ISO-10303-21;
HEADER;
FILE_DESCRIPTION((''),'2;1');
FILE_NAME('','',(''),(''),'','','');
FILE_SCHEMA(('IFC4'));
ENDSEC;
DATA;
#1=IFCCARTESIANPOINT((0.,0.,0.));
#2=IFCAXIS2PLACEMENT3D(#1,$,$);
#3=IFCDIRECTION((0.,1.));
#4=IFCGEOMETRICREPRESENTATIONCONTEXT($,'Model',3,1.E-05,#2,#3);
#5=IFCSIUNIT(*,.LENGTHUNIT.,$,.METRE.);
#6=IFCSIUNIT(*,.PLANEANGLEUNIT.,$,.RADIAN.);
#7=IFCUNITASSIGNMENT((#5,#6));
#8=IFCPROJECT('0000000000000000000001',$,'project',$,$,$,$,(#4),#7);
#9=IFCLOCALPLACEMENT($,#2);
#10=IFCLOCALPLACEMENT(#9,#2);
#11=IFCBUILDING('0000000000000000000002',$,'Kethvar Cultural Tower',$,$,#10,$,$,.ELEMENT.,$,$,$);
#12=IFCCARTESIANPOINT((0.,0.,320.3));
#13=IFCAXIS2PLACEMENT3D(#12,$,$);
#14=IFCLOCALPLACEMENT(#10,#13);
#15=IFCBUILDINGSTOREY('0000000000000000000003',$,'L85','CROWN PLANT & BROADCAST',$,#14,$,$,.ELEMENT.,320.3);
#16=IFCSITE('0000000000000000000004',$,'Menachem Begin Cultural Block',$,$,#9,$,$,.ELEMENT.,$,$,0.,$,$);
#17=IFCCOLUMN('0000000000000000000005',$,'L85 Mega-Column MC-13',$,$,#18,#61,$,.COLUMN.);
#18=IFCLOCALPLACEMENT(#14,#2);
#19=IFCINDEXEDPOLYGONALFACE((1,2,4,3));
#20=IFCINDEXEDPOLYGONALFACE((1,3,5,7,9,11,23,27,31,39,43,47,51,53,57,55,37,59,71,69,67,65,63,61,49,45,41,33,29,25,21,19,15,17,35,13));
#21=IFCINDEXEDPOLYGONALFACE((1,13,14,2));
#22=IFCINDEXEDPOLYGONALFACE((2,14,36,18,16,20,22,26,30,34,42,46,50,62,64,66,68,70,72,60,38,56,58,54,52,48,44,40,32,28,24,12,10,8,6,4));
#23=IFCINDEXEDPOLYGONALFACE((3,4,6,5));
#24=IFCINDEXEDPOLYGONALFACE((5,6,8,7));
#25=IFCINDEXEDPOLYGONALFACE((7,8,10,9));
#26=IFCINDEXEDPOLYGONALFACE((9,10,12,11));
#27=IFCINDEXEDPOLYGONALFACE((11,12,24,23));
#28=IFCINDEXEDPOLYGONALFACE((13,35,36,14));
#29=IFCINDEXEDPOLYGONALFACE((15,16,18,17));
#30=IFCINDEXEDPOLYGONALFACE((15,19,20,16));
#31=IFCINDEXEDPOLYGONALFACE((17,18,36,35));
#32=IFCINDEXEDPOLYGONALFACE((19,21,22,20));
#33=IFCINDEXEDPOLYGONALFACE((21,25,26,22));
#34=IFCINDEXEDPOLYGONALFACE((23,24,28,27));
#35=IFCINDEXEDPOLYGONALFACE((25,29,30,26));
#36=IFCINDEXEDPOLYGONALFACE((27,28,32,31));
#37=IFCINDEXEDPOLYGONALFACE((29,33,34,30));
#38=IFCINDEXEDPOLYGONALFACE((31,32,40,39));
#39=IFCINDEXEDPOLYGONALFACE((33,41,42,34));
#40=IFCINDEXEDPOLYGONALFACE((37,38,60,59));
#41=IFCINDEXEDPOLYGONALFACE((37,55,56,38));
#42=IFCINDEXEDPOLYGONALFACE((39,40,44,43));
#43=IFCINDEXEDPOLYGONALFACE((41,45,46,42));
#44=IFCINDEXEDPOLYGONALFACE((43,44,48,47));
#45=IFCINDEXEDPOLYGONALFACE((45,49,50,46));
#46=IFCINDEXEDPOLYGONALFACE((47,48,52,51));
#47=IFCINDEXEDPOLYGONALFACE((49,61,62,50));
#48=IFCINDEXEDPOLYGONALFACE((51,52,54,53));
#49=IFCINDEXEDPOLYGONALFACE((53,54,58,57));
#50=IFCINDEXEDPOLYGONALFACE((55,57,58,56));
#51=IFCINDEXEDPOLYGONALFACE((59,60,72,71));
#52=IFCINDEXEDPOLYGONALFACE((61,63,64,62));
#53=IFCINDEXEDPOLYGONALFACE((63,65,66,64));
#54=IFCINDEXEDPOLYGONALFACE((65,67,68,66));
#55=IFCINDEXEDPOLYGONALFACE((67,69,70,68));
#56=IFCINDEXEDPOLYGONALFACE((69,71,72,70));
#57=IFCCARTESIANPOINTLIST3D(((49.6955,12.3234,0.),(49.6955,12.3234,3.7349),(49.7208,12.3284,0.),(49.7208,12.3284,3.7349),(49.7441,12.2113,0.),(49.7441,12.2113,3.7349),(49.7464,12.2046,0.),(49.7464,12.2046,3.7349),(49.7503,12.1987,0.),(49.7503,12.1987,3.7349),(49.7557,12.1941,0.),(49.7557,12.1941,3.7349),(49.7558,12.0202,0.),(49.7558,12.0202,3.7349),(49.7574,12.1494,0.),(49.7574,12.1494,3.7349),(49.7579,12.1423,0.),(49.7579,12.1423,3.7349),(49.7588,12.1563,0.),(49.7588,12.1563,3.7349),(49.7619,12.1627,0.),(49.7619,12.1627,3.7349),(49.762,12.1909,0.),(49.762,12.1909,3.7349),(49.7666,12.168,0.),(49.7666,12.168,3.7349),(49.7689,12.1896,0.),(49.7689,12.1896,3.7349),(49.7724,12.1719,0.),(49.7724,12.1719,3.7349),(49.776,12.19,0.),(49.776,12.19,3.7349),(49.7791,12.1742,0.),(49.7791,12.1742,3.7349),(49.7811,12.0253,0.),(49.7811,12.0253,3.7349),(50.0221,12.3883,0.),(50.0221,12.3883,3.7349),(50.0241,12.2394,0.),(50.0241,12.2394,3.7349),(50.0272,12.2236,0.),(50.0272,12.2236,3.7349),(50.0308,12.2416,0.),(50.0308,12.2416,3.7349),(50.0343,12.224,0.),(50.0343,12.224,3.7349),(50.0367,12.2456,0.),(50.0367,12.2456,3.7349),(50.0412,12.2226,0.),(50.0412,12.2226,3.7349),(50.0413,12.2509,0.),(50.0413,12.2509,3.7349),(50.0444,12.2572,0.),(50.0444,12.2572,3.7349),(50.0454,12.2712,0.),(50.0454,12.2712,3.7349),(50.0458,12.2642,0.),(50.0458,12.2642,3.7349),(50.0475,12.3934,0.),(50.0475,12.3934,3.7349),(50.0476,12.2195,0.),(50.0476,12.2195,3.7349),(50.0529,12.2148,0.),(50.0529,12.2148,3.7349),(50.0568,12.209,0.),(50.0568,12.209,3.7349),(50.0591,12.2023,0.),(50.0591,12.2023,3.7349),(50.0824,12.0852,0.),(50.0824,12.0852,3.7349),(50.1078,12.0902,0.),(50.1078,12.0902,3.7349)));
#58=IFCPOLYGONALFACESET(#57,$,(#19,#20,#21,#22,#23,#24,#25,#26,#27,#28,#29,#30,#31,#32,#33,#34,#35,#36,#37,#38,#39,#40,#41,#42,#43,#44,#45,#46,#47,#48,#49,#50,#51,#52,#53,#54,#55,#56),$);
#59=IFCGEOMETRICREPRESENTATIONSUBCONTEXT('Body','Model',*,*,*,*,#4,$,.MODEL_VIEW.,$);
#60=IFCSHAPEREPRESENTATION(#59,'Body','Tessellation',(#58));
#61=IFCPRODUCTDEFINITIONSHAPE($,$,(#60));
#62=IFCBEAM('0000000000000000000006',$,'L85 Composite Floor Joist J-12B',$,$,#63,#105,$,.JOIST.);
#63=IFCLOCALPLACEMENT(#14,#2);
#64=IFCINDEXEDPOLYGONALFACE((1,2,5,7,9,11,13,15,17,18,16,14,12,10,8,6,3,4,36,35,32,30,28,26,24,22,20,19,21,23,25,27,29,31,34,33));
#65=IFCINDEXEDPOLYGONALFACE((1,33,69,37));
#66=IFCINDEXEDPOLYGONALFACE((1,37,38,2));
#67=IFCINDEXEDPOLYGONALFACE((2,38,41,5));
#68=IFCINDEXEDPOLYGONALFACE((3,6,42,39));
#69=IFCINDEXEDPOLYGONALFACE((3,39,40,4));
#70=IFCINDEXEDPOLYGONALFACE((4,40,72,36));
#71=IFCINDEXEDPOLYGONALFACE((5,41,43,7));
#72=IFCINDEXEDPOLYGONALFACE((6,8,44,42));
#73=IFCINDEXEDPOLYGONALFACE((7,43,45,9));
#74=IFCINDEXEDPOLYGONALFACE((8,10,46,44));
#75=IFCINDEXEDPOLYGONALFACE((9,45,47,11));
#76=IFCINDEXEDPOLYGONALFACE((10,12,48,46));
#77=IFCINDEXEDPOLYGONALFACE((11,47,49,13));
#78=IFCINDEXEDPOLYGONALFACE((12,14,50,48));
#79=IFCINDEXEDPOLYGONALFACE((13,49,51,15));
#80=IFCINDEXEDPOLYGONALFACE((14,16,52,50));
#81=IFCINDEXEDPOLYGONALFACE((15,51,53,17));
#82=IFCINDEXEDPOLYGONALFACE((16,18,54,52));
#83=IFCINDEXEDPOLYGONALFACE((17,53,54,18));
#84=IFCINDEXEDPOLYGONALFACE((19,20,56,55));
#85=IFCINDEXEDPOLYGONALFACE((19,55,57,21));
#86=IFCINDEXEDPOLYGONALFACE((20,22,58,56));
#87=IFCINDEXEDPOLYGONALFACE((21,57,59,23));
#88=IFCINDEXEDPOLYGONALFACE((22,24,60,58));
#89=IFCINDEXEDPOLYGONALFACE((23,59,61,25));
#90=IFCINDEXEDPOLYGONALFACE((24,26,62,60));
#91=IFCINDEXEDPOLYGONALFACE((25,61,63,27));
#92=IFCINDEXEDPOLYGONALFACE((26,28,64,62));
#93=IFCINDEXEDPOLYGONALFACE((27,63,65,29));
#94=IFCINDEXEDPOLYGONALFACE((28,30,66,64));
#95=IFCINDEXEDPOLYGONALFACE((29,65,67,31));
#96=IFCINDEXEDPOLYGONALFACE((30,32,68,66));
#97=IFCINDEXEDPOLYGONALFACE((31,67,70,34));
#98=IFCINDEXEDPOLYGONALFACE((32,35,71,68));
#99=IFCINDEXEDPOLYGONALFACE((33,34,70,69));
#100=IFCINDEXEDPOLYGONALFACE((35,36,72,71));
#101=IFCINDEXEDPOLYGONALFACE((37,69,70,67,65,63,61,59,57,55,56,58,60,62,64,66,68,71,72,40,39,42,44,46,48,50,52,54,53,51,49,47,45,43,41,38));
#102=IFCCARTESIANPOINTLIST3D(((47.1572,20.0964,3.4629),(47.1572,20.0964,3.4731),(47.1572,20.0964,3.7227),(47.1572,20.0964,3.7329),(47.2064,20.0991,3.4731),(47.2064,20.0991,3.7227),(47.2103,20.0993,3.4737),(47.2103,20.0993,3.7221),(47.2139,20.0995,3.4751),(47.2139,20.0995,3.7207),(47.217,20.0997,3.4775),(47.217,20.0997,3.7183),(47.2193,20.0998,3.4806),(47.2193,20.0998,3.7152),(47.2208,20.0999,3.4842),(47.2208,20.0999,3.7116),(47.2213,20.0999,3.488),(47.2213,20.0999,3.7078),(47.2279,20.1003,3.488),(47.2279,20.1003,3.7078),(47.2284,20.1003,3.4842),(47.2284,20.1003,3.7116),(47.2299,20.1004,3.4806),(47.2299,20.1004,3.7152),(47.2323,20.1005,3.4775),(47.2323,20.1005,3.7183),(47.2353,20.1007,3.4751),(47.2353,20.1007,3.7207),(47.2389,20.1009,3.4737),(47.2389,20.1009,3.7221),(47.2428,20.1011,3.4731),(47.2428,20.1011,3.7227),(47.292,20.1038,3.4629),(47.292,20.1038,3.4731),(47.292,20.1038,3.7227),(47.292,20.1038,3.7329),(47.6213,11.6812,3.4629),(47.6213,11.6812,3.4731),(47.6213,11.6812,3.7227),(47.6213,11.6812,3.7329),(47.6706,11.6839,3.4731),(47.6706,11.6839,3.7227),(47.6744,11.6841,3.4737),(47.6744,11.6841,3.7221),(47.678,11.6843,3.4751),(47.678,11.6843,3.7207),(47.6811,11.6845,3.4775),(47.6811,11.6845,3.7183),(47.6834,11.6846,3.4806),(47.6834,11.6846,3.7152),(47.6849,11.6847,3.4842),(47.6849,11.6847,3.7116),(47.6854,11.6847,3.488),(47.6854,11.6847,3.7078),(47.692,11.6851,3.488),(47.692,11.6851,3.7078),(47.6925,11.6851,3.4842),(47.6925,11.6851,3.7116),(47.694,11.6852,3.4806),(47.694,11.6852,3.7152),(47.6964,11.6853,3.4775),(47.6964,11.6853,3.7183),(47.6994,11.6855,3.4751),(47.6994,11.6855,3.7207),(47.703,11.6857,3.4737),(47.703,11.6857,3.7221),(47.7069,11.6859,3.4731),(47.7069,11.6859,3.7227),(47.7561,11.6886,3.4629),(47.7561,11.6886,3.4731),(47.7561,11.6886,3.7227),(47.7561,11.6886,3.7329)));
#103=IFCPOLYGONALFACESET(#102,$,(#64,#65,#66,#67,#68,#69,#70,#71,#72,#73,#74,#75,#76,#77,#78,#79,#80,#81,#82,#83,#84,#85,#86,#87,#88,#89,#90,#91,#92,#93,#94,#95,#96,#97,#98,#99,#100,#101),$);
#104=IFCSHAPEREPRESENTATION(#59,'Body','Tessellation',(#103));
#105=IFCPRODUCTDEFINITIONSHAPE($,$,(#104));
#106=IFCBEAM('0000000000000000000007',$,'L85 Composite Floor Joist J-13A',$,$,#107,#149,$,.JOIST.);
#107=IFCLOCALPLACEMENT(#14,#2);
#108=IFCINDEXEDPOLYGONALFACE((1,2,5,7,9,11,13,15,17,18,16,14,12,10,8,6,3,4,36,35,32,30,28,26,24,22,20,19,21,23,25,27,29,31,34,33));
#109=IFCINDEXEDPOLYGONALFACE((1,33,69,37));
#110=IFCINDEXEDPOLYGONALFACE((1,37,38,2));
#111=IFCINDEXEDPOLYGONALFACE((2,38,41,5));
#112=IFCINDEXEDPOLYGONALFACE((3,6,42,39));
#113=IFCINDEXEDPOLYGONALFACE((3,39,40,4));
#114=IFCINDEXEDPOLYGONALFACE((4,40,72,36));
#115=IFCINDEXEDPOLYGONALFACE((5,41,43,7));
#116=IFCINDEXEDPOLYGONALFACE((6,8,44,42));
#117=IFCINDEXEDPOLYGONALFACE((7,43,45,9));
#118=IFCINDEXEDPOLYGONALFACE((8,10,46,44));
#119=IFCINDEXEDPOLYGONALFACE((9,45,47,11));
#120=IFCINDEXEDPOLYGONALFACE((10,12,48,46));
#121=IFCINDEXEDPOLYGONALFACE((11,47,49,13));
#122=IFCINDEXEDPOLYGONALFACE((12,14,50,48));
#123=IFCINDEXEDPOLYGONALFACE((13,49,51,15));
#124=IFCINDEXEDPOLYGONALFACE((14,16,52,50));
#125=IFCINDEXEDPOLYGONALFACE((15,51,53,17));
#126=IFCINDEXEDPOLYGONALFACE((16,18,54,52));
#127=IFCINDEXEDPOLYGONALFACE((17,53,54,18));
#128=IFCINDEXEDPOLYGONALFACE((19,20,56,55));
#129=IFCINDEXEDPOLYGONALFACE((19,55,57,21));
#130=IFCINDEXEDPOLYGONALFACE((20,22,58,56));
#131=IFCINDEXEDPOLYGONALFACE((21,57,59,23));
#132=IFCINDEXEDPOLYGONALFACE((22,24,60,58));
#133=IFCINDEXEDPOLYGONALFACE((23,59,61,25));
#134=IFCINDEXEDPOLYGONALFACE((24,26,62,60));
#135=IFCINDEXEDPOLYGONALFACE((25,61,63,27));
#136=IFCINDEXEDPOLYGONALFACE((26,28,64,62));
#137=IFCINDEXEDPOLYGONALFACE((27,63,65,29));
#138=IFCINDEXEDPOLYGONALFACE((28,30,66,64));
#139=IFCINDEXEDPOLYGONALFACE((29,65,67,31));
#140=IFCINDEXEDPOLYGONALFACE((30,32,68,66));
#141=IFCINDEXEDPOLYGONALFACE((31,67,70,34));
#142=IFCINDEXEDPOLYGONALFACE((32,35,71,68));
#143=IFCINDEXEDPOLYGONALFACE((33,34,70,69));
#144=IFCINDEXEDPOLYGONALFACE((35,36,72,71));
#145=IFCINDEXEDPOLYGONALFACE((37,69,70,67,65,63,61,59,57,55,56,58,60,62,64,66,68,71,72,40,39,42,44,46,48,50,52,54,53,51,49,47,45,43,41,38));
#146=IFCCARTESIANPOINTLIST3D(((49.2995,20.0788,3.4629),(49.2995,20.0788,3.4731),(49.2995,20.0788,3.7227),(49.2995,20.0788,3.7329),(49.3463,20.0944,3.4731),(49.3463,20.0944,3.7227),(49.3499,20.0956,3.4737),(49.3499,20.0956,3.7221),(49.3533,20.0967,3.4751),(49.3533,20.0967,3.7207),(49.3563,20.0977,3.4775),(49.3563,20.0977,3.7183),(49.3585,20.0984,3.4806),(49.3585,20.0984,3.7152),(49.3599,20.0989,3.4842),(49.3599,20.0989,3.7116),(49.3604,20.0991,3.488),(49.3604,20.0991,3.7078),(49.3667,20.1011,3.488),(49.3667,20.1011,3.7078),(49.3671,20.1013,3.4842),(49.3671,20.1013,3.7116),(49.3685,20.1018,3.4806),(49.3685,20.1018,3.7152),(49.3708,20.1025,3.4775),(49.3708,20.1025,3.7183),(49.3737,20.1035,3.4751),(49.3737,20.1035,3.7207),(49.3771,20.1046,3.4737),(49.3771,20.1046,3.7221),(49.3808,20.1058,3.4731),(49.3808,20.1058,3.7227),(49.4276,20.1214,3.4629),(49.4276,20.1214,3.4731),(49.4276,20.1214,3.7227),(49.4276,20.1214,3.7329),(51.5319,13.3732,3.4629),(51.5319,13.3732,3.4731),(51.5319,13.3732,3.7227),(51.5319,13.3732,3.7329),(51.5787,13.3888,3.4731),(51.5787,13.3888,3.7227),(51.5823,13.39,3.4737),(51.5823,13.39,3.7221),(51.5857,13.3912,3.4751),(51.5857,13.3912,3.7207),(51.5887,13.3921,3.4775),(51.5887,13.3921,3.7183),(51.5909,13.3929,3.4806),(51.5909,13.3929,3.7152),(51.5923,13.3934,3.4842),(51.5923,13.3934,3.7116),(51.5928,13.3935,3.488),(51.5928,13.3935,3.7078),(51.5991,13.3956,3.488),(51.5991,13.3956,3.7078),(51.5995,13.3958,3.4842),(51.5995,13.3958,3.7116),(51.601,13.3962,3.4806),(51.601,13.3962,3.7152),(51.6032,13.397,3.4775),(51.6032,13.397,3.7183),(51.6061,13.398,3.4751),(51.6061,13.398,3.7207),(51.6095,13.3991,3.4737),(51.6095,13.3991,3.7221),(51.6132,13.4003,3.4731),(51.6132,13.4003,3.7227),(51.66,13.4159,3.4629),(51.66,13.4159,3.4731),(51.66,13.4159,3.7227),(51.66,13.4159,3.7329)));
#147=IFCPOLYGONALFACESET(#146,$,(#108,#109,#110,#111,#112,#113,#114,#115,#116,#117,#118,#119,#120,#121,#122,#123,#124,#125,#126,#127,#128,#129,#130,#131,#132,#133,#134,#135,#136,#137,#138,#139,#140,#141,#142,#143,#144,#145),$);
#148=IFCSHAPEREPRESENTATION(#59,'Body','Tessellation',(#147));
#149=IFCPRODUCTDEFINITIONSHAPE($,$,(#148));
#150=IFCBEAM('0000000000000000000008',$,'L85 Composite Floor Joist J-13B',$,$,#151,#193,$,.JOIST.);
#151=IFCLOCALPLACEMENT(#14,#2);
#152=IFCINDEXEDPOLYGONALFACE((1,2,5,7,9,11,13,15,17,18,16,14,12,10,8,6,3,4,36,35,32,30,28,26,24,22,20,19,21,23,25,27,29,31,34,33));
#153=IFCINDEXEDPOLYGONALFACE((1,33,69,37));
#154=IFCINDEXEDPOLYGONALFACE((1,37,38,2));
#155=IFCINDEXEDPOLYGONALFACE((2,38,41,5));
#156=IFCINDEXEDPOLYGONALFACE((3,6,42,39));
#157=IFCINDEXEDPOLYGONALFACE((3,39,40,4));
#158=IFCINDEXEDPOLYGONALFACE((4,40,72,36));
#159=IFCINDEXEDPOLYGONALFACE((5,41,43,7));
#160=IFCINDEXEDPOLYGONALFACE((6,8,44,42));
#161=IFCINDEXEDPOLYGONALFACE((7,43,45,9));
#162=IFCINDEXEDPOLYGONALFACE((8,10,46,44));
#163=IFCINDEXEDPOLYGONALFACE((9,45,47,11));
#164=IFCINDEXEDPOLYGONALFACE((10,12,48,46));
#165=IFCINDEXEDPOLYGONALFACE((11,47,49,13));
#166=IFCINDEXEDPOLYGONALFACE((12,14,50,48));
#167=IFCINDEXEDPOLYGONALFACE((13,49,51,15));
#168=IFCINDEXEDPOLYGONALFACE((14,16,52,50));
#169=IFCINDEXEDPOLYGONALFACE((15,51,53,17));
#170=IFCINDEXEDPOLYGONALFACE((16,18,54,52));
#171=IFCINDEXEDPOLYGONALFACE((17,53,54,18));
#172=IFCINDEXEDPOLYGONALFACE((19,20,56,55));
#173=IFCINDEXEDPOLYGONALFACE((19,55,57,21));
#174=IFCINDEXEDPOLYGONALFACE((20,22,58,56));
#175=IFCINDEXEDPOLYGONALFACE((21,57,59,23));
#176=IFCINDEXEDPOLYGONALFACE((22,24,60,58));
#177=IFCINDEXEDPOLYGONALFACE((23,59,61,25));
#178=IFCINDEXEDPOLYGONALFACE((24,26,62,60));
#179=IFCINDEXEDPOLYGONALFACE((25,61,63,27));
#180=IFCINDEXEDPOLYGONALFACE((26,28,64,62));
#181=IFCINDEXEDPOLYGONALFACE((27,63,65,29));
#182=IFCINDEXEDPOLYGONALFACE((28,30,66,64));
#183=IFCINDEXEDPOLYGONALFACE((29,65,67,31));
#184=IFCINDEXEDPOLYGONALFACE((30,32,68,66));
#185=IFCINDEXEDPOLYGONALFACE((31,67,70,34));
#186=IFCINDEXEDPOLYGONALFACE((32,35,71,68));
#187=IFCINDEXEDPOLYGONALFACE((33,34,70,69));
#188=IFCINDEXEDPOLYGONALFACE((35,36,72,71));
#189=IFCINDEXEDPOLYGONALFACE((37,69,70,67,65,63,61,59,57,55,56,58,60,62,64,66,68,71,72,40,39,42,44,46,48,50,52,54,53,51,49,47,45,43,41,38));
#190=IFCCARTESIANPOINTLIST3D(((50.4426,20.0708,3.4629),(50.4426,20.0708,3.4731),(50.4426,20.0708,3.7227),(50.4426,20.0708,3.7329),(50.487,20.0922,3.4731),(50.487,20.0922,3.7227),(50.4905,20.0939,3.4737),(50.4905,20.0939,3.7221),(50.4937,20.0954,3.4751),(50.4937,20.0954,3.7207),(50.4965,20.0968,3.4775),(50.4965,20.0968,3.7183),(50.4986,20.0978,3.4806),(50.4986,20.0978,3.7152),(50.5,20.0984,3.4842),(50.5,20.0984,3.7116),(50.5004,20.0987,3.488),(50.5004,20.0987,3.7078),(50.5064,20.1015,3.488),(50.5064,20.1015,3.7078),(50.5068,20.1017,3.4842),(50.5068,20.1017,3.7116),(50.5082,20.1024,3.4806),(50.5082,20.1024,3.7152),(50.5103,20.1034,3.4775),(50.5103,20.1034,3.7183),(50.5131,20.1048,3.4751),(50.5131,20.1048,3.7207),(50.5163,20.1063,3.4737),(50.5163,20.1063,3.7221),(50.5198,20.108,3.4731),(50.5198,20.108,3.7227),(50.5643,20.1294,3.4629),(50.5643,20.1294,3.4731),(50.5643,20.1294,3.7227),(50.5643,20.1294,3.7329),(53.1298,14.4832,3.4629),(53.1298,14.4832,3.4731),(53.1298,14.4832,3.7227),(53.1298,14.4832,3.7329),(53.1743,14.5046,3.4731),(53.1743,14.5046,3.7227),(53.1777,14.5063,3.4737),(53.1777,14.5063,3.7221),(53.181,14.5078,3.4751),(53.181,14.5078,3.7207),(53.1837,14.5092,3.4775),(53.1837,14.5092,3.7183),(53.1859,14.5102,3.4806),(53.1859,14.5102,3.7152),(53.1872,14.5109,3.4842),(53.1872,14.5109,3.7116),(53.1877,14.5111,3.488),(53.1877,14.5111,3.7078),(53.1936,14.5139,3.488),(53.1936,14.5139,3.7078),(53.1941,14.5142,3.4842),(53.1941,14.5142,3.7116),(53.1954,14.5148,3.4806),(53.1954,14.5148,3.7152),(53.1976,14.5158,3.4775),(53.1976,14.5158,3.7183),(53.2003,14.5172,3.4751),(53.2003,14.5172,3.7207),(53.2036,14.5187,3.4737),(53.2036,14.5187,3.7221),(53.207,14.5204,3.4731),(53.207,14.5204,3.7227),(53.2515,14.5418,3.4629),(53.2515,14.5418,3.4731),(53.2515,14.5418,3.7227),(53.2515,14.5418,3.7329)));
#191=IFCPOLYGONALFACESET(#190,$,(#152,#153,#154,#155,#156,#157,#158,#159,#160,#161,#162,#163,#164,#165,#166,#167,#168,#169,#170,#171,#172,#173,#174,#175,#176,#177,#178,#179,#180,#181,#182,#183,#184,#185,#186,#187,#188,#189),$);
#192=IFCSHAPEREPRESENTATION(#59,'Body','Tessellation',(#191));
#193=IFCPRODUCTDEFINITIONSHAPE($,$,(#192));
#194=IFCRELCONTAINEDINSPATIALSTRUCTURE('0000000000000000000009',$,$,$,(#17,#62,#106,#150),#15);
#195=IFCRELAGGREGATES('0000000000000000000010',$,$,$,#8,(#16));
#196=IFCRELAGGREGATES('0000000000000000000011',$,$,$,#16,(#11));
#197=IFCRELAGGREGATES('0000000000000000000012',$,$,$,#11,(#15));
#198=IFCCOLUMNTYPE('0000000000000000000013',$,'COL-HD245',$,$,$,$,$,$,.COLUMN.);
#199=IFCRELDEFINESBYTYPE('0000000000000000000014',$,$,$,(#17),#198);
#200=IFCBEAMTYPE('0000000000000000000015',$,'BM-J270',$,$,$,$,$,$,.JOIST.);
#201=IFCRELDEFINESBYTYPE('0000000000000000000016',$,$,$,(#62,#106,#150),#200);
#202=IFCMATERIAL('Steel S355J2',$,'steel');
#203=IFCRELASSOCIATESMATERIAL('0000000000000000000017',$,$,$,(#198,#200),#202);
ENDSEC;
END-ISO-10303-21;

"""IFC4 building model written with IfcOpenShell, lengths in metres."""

from ifc_helpers import new_model, si_unit, direction, frame, origin, origin_2d, place, context, subcontext, project, spatial, i_section, extrude, source, transform, mapped, material, material_profile, profile_set, type_object, element, save


model = new_model("IFC4")

# Units and contexts
model_context = context("Model", 3, precision=1e-05, world=origin(), true_north=direction((0.0, 1.0)))
body_context = subcontext(model_context, "Body", "Model", "MODEL_VIEW")
ifc_project = project(units=[si_unit("LENGTHUNIT", "METRE"), si_unit("PLANEANGLEUNIT", "RADIAN")], contexts=[model_context])

# Site, building, storey
site_placement = place(None, origin())
site = spatial("IfcSite", under=ifc_project, at=site_placement, Name="Menachem Begin Cultural Block", CompositionType="ELEMENT", RefElevation=0.0)
building_placement = place(site_placement, origin())
building = spatial("IfcBuilding", under=site, at=building_placement, Name="Kethvar Cultural Tower", CompositionType="ELEMENT")
storey_placement = place(building_placement, frame((0.0, 0.0, 320.3)))
storey = spatial("IfcBuildingStorey", under=building, at=storey_placement, Name="L85", Description="CROWN PLANT & BROADCAST", CompositionType="ELEMENT", Elevation=320.3)

# Column
ifc_material_1 = material(Name="Steel S355J2", Category="steel")
ifc_material_profile_1 = material_profile(ifc_material_1, i_section(OverallWidth=0.3091, OverallDepth=0.3589, WebThickness=0.0161, FlangeThickness=0.0259, FilletRadius=0.0271, at=origin_2d()), Name="Steel S355J2 — HD320x245")
ifc_profile_set_1 = profile_set([ifc_material_profile_1], Name="Steel S355J2 — HD320x245")
column_type = type_object("IfcColumnType", Name="COL-HD245", PredefinedType="COLUMN", material=ifc_profile_set_1)
shared_shape_1 = source(origin(), body_context, "Body", "SweptSolid", [
    extrude(i_section(OverallWidth=0.3091, OverallDepth=0.3589, WebThickness=0.0161, FlangeThickness=0.0259, FilletRadius=0.0271, at=origin_2d()), origin(), (0.0, 0.0, 1.0), 3.7349),
])
column_placement = place(storey_placement, frame((49.9016, 12.2068, 0.0), z_axis=(0.0, 0.0, 1.0), x_axis=(0.19509, -0.980785, 0.0)))
element("IfcColumn", 1, at=column_placement, inside=storey, type_object=column_type, Name="L85 Mega-Column MC-13", PredefinedType="COLUMN", context=body_context, shape_type="MappedRepresentation", body=[
    mapped(shared_shape_1, transform((0.0, 0.0, 0.0), scale=1.0)),
])

# Beams
ifc_material_profile_2 = material_profile(ifc_material_1, i_section(OverallWidth=0.135, OverallDepth=0.27, WebThickness=0.0066, FlangeThickness=0.0103, FilletRadius=0.0149, at=origin_2d()), Name="Steel S355J2 — IPE270")
ifc_profile_set_2 = profile_set([ifc_material_profile_2], Name="Steel S355J2 — IPE270")
beam_type_1 = type_object("IfcBeamType", Name="BM-J270", PredefinedType="JOIST", material=ifc_profile_set_2)
shared_shape_2 = source(origin(), body_context, "Body", "SweptSolid", [
    extrude(i_section(OverallWidth=0.135, OverallDepth=0.27, WebThickness=0.0066, FlangeThickness=0.0103, FilletRadius=0.0149, at=origin_2d()), origin(), (0.0, 0.0, 1.0), 8.428),
])
beam_1_placement = place(storey_placement, frame((47.2246, 20.1001, 3.5979), z_axis=(0.055067, -0.998483, 0.0), x_axis=(0.998483, 0.055067, 0.0)))
element("IfcBeam", 2, at=beam_1_placement, inside=storey, type_object=beam_type_1, Name="L85 Composite Floor Joist J-12B", PredefinedType="JOIST", context=body_context, shape_type="MappedRepresentation", body=[
    mapped(shared_shape_2, transform((0.0, 0.0, 0.0), scale=1.0)),
])
shared_shape_3 = source(origin(), body_context, "Body", "SweptSolid", [
    extrude(i_section(OverallWidth=0.135, OverallDepth=0.27, WebThickness=0.0066, FlangeThickness=0.0103, FilletRadius=0.0149, at=origin_2d()), origin(), (0.0, 0.0, 1.0), 7.0674),
])
beam_2_placement = place(storey_placement, frame((49.3635, 20.1001, 3.5979), z_axis=(0.315875, -0.948801, 0.0), x_axis=(0.948801, 0.315875, 0.0)))
element("IfcBeam", 3, at=beam_2_placement, inside=storey, type_object=beam_type_1, Name="L85 Composite Floor Joist J-13A", PredefinedType="JOIST", context=body_context, shape_type="MappedRepresentation", body=[
    mapped(shared_shape_3, transform((0.0, 0.0, 0.0), scale=1.0)),
])
shared_shape_4 = source(origin(), body_context, "Body", "SweptSolid", [
    extrude(i_section(OverallWidth=0.135, OverallDepth=0.27, WebThickness=0.0066, FlangeThickness=0.0103, FilletRadius=0.0149, at=origin_2d()), origin(), (0.0, 0.0, 1.0), 6.2002),
])
beam_3_placement = place(storey_placement, frame((50.5034, 20.1001, 3.5979), z_axis=(0.433411, -0.901197, 0.0), x_axis=(0.901197, 0.433411, 0.0)))
element("IfcBeam", 4, at=beam_3_placement, inside=storey, type_object=beam_type_1, Name="L85 Composite Floor Joist J-13B", PredefinedType="JOIST", context=body_context, shape_type="MappedRepresentation", body=[
    mapped(shared_shape_4, transform((0.0, 0.0, 0.0), scale=1.0)),
])

save(model, "model.ifc")
